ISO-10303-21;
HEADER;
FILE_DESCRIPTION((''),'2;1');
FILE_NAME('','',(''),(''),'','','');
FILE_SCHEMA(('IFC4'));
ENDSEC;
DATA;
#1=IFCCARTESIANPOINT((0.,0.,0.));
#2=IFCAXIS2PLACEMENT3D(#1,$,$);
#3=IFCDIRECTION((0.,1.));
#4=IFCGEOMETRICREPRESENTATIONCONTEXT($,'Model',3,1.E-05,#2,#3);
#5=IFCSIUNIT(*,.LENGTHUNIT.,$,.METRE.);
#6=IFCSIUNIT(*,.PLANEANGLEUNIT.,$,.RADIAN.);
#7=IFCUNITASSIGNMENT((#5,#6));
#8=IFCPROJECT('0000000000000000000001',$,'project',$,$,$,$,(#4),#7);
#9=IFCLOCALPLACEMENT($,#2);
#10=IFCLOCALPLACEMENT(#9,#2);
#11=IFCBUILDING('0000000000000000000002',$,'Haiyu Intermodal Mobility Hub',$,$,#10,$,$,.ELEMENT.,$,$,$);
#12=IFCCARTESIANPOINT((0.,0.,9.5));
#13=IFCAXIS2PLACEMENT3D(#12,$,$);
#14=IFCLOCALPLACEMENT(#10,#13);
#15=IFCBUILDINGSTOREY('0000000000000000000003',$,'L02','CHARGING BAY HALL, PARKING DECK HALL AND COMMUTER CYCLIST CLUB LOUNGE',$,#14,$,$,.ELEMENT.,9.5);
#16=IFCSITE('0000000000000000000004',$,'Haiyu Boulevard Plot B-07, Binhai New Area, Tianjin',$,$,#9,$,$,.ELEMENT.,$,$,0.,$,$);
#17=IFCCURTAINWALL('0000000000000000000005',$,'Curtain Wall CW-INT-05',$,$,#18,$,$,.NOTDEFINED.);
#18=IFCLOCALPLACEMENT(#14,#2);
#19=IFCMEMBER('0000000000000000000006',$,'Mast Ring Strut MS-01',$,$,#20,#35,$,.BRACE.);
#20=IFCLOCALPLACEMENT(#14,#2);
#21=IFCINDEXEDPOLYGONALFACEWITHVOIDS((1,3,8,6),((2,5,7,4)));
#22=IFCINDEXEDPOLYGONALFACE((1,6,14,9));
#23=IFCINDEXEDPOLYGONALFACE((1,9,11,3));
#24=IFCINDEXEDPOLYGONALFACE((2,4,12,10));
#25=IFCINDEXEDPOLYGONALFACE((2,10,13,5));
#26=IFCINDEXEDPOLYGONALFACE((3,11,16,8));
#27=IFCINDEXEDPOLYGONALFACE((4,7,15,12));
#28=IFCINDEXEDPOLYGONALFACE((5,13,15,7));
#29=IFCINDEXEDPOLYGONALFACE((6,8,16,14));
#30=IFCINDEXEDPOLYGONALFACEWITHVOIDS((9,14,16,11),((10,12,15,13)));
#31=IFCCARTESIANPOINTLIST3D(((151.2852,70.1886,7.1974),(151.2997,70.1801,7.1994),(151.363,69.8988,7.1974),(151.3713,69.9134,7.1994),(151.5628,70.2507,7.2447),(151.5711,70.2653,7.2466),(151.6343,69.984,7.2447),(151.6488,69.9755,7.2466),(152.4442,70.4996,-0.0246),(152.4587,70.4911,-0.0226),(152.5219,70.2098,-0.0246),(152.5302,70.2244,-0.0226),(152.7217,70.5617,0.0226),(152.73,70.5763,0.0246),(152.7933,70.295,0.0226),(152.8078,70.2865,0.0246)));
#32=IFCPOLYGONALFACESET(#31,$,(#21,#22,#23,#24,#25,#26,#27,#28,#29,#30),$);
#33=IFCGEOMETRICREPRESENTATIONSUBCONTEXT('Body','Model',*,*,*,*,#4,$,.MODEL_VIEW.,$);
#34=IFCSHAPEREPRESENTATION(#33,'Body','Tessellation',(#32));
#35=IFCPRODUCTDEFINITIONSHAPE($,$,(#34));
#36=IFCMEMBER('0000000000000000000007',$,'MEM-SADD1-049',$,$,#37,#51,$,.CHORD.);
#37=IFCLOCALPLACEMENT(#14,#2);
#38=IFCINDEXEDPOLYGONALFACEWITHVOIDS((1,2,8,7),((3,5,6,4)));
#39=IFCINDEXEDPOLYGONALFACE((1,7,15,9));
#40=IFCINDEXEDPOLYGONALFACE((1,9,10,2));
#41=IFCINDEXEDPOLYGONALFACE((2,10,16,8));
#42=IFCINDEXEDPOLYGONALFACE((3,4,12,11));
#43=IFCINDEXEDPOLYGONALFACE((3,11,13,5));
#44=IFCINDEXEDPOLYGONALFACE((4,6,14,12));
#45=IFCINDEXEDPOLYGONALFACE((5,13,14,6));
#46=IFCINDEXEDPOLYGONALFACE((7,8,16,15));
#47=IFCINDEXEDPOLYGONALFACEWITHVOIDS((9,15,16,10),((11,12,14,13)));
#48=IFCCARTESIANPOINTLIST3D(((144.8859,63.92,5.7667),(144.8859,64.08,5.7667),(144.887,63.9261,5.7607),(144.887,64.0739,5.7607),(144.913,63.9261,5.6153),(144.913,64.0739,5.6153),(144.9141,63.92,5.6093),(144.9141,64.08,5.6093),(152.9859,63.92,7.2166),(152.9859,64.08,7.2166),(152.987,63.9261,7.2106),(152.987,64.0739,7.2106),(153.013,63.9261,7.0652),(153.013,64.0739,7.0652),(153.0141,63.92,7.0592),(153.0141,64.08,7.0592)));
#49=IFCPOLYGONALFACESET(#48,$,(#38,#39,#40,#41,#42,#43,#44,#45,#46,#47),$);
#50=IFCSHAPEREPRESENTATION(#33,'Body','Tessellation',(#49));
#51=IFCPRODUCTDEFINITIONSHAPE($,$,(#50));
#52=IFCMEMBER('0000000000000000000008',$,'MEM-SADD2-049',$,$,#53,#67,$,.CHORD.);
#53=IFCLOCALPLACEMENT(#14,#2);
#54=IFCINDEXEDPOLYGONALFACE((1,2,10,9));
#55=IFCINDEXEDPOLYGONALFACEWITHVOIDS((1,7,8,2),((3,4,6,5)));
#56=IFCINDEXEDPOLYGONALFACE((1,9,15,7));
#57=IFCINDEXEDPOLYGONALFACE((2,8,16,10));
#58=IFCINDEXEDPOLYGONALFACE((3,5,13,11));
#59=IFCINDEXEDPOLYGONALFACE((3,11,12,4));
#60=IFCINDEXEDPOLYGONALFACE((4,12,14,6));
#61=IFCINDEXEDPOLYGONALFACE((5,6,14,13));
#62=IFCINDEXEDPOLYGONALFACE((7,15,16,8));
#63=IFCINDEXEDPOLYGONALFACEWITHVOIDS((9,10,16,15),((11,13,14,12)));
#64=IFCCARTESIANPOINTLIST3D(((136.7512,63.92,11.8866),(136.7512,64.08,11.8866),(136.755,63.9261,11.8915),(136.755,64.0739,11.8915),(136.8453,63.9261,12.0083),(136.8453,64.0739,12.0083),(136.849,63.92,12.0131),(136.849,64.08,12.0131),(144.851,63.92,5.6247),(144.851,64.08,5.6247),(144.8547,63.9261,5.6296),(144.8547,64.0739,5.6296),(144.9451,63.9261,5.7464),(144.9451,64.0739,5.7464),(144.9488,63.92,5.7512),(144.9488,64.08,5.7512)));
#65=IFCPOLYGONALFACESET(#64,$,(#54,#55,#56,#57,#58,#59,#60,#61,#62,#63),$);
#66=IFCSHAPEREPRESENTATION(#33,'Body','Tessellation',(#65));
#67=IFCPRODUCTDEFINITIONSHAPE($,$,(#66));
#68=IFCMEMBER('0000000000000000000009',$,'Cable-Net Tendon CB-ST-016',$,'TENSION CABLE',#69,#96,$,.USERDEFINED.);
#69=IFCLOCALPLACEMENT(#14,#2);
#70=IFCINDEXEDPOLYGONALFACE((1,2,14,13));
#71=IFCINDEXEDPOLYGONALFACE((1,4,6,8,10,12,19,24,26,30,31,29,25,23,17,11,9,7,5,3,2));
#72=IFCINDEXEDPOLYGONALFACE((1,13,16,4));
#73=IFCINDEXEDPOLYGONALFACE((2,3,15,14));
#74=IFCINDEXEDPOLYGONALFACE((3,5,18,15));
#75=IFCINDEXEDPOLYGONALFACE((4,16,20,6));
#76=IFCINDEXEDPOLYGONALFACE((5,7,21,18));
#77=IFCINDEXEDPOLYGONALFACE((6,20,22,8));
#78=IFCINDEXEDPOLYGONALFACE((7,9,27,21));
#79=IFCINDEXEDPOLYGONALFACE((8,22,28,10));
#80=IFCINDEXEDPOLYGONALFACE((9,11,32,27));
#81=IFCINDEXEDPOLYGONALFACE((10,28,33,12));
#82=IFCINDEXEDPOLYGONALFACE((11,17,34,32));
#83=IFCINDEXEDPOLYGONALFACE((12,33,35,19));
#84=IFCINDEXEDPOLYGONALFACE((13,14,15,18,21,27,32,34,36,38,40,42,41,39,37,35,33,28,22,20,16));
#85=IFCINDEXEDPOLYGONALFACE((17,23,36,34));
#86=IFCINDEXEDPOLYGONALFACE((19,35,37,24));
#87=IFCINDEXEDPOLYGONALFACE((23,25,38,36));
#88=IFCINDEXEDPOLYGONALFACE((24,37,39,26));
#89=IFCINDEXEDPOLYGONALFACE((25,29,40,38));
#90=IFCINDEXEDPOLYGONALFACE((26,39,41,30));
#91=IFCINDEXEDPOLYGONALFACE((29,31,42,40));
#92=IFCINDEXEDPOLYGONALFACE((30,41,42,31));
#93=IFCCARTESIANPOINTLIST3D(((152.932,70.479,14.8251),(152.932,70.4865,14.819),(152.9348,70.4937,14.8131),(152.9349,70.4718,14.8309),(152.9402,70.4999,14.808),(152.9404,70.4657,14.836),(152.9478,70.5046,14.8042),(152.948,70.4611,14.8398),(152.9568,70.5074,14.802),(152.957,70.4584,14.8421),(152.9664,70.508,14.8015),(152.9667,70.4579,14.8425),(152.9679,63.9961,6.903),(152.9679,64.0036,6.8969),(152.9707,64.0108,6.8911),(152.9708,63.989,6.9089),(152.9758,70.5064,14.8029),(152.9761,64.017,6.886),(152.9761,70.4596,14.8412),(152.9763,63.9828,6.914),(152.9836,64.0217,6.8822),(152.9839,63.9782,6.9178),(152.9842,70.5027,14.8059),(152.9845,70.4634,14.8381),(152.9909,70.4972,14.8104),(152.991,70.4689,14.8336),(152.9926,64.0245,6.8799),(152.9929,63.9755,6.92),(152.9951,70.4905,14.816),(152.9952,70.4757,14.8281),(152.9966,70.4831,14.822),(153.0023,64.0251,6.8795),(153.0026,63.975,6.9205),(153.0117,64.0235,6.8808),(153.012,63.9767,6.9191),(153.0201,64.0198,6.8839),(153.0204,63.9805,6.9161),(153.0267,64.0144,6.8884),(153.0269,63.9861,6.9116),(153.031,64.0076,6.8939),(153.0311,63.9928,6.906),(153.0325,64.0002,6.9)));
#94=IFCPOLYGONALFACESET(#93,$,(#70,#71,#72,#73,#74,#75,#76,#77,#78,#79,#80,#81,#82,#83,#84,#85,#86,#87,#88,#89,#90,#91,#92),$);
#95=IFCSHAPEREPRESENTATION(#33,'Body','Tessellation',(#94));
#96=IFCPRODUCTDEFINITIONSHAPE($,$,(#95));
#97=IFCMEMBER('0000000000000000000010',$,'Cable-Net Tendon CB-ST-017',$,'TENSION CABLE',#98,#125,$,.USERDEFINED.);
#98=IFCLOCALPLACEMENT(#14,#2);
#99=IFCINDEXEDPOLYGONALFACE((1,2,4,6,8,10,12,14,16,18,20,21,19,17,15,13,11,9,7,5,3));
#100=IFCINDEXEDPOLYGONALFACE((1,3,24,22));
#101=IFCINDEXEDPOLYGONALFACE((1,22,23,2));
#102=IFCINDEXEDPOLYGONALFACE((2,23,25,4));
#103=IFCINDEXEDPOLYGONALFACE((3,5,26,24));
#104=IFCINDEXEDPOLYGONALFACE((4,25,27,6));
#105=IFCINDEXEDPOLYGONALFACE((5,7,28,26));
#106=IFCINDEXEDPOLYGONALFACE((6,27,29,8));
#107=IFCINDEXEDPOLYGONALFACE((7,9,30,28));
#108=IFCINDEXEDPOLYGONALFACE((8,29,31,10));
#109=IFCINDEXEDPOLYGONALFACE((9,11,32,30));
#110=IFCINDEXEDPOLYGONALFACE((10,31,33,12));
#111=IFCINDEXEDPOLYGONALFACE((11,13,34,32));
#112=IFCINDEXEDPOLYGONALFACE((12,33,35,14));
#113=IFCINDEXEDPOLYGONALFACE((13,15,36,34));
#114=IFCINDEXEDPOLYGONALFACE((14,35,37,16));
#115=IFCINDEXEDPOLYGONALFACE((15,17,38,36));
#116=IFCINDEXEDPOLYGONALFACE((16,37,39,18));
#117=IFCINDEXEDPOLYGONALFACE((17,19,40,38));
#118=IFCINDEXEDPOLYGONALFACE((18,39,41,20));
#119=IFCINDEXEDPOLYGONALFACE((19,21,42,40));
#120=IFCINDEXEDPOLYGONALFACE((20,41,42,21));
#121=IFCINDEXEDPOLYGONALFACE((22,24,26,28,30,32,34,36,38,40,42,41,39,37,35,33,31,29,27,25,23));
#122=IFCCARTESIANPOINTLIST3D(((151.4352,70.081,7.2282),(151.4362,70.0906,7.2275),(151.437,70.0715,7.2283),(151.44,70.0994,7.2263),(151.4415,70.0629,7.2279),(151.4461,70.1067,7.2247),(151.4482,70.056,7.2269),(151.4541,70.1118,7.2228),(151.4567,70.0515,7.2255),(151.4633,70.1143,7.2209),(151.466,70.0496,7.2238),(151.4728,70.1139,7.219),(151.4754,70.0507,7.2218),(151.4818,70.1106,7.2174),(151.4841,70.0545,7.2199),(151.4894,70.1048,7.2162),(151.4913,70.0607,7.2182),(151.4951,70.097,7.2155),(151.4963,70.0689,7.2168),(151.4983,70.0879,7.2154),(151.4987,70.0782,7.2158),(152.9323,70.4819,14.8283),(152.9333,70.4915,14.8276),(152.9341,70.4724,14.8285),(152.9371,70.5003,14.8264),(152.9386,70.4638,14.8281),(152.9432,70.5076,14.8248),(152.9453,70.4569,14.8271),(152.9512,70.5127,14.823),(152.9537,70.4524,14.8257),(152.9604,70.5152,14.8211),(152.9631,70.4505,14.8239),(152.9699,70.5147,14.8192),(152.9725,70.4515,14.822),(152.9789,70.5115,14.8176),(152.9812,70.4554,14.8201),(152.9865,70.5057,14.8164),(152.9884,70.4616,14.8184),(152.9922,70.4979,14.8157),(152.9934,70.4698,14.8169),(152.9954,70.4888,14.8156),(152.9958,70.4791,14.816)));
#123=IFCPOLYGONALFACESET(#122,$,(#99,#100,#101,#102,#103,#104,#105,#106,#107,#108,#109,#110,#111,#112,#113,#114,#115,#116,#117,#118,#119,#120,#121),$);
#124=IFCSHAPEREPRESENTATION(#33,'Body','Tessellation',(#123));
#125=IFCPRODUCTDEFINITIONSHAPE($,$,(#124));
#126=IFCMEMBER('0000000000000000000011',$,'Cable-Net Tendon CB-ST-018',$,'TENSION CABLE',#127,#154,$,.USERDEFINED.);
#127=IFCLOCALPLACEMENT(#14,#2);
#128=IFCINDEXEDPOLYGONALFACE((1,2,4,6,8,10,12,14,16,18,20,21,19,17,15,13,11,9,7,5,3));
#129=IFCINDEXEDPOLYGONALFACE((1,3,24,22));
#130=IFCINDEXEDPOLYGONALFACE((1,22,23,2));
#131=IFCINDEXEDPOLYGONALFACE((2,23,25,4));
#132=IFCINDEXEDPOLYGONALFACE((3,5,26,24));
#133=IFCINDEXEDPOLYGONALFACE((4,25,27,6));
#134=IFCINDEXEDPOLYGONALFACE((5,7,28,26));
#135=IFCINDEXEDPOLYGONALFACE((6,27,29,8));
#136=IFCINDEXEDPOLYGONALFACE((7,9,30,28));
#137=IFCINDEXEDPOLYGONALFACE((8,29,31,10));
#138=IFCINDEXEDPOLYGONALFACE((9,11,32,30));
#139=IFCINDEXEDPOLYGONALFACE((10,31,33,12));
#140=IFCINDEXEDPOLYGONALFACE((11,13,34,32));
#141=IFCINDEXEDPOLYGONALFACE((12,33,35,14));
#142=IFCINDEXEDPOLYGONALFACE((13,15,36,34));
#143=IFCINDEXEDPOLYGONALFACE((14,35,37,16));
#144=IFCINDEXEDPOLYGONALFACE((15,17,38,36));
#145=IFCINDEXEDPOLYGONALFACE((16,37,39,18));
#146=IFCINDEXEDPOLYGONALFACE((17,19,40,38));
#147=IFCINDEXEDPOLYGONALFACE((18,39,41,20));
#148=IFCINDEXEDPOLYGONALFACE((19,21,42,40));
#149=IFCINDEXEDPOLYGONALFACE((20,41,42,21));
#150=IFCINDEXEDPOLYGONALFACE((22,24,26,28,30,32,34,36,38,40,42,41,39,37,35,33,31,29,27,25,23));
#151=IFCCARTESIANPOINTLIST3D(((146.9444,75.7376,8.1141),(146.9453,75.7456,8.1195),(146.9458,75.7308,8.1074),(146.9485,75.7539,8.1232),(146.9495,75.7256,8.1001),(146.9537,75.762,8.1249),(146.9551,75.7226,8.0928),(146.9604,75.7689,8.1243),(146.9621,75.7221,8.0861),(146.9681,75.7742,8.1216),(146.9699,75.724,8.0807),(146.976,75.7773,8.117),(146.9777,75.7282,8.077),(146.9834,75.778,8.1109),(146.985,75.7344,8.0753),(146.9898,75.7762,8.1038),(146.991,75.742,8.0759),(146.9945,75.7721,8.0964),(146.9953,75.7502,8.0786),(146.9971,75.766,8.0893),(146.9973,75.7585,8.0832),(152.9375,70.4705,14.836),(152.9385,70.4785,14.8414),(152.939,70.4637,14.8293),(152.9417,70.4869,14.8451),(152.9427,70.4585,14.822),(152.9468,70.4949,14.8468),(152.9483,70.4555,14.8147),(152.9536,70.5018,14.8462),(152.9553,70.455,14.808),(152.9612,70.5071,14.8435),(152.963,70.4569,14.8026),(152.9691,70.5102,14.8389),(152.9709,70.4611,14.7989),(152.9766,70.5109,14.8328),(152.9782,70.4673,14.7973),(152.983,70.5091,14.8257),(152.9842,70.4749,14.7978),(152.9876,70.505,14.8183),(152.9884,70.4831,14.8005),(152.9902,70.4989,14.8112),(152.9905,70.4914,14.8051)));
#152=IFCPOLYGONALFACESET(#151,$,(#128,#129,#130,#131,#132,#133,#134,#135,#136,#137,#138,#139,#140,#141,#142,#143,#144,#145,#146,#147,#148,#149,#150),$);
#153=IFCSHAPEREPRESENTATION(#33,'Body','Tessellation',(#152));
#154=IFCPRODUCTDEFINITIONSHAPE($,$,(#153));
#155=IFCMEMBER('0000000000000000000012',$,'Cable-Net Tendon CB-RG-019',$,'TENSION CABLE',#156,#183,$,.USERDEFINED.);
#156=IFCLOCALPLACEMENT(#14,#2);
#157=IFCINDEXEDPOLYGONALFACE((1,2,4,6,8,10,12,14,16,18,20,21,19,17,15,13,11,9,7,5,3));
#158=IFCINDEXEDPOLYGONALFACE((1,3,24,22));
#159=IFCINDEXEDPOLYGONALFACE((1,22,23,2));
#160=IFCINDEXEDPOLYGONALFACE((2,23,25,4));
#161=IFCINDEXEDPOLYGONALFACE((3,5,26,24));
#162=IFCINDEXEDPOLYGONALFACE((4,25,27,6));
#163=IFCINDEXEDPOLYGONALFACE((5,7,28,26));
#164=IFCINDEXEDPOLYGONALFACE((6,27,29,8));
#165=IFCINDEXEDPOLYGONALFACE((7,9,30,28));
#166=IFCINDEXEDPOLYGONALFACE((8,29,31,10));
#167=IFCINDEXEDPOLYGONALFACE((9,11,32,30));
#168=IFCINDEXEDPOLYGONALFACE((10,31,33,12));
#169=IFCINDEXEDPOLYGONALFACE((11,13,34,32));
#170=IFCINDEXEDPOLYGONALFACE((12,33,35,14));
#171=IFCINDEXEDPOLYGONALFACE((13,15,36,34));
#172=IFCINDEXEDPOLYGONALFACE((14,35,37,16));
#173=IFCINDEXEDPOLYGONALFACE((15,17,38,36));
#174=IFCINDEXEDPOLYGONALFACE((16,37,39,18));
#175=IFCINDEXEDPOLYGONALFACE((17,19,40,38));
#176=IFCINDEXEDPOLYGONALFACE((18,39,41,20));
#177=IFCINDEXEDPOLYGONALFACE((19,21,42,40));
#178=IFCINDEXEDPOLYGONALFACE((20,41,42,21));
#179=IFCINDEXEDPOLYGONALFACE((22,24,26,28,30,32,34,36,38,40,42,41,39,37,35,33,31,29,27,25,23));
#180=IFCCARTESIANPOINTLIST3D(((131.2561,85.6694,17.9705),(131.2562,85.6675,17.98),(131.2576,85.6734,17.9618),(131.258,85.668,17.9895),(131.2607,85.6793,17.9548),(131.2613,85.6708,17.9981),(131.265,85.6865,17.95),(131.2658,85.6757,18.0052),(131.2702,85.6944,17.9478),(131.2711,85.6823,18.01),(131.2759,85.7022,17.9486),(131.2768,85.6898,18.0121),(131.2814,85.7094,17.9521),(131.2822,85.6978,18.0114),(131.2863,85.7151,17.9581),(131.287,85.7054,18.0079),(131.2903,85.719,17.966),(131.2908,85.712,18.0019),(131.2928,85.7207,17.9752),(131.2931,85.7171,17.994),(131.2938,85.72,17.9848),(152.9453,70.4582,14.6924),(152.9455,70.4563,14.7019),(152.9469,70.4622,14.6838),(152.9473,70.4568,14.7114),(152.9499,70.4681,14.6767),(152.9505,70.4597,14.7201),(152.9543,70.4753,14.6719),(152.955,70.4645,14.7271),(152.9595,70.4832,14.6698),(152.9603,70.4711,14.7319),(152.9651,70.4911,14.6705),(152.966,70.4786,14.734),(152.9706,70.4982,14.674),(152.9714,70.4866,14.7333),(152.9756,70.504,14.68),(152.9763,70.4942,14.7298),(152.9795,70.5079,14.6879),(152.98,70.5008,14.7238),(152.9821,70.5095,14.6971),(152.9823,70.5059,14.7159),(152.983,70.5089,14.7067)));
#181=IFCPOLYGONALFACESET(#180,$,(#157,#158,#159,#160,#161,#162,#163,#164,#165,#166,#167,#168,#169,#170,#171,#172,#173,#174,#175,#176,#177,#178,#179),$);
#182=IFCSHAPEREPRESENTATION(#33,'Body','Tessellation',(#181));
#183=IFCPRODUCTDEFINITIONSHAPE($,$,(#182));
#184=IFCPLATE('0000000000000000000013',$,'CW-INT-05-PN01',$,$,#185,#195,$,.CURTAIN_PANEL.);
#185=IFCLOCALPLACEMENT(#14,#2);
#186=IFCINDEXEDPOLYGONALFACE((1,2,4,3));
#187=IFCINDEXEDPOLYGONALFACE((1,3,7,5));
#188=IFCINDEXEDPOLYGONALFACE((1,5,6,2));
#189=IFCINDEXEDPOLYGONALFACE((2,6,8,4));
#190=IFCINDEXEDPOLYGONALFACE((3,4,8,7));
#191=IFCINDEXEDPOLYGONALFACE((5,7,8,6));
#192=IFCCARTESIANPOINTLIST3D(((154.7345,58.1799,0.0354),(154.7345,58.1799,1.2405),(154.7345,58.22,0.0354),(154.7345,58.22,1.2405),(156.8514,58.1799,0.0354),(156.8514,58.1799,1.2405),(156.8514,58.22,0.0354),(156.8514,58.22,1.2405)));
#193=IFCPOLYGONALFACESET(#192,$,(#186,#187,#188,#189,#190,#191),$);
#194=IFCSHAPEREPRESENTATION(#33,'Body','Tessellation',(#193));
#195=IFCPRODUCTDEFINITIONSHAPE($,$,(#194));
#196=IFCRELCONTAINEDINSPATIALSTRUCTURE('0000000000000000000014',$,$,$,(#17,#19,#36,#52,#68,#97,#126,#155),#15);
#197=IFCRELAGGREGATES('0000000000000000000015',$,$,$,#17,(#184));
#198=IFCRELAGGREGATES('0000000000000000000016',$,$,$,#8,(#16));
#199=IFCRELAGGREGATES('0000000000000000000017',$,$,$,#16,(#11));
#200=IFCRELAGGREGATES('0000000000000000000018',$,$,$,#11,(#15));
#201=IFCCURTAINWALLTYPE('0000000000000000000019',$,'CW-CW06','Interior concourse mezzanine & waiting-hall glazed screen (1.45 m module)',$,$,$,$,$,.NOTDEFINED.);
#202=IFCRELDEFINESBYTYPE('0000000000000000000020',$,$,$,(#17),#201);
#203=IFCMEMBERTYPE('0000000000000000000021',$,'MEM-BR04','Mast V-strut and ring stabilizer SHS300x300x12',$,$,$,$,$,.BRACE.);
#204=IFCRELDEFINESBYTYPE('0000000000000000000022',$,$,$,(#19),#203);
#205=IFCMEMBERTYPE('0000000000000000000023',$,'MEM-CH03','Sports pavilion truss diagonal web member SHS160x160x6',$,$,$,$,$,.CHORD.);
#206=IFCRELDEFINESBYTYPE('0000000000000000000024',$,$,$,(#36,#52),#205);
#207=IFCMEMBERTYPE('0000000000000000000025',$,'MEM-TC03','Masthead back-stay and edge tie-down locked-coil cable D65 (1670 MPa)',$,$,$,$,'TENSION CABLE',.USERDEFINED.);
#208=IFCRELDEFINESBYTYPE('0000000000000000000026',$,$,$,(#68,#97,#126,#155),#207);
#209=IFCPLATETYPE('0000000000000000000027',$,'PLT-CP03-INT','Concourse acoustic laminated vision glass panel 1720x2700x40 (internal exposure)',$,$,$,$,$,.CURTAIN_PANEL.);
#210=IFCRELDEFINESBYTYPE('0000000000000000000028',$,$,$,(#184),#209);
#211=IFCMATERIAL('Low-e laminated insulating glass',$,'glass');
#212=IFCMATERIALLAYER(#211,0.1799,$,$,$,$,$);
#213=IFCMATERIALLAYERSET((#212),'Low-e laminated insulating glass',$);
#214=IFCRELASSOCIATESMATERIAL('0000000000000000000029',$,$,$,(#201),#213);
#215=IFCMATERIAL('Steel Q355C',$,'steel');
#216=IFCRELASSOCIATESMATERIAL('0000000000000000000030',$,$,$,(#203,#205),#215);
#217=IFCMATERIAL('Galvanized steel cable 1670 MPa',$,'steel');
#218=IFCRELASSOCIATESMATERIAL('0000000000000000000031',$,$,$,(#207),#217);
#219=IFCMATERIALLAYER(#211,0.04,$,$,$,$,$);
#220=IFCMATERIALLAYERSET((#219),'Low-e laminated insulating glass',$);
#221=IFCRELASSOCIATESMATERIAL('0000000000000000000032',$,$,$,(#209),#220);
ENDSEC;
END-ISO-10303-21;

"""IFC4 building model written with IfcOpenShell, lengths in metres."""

from ifc_helpers import new_model, si_unit, direction, frame, origin, origin_2d, place, context, subcontext, project, spatial, rectangle, hollow_rectangle, circle, extrude, material, layer, layer_set, material_profile, profile_set, type_object, element, aggregate, save


model = new_model("IFC4")

# Units and contexts
model_context = context("Model", 3, precision=1e-05, world=origin(), true_north=direction((0.0, 1.0)))
body_context = subcontext(model_context, "Body", "Model", "MODEL_VIEW")
ifc_project = project(units=[si_unit("LENGTHUNIT", "METRE"), si_unit("PLANEANGLEUNIT", "RADIAN")], contexts=[model_context])

# Site, building, storey
site_placement = place(None, origin())
site = spatial("IfcSite", under=ifc_project, at=site_placement, Name="Haiyu Boulevard Plot B-07, Binhai New Area, Tianjin", CompositionType="ELEMENT", RefElevation=0.0)
building_placement = place(site_placement, origin())
building = spatial("IfcBuilding", under=site, at=building_placement, Name="Haiyu Intermodal Mobility Hub", CompositionType="ELEMENT")
storey_placement = place(building_placement, frame((0.0, 0.0, 9.5)))
storey = spatial("IfcBuildingStorey", under=building, at=storey_placement, Name="L02", Description="CHARGING BAY HALL, PARKING DECK HALL AND COMMUTER CYCLIST CLUB LOUNGE", CompositionType="ELEMENT", Elevation=9.5)

# Shared definitions
ifc_material_1 = material(Name="Steel Q355C", Category="steel")

# Curtain wall
ifc_material_2 = material(Name="Low-e laminated insulating glass", Category="glass")
ifc_layer_1 = layer(ifc_material_2, 0.1799)
ifc_layer_set_1 = layer_set([ifc_layer_1], Name="Low-e laminated insulating glass")
curtain_wall_type = type_object("IfcCurtainWallType", Name="CW-CW06", Description="Interior concourse mezzanine & waiting-hall glazed screen (1.45 m module)", PredefinedType="NOTDEFINED", material=ifc_layer_set_1)
curtain_wall_placement = place(storey_placement, origin())
curtain_wall = element("IfcCurtainWall", 1, at=curtain_wall_placement, inside=storey, type_object=curtain_wall_type, Name="Curtain Wall CW-INT-05", PredefinedType="NOTDEFINED")

# Members
ifc_material_profile_1 = material_profile(ifc_material_1, hollow_rectangle(XDim=0.3, YDim=0.3, WallThickness=0.012, at=origin_2d()), Name="SHS300x300x12")
ifc_profile_set_1 = profile_set([ifc_material_profile_1], Name="Steel Q355C")
member_type_1 = type_object("IfcMemberType", Name="MEM-BR04", Description="Mast V-strut and ring stabilizer SHS300x300x12", PredefinedType="BRACE", material=ifc_profile_set_1)
member_1_placement = place(storey_placement, frame((152.626, 70.3931, 0.0), z_axis=(-0.158304, -0.042486, 0.986476), x_axis=(0.259207, -0.965822, 0.0)))
element("IfcMember", 2, at=member_1_placement, inside=storey, type_object=member_type_1, Name="Mast Ring Strut MS-01", PredefinedType="BRACE", context=body_context, shape_type="SweptSolid", body=[
    extrude(hollow_rectangle(XDim=0.3, YDim=0.3, WallThickness=0.012, at=origin_2d()), origin(), (0.0, 0.0, 1.0), 7.321),
])
ifc_material_profile_2 = material_profile(ifc_material_1, hollow_rectangle(XDim=0.1599, YDim=0.1599, WallThickness=0.0061, at=origin_2d()), Name="SHS160x160x6")
ifc_profile_set_2 = profile_set([ifc_material_profile_2], Name="Steel Q355C")
member_type_2 = type_object("IfcMemberType", Name="MEM-CH03", Description="Sports pavilion truss diagonal web member SHS160x160x6", PredefinedType="CHORD", material=ifc_profile_set_2)
member_2_placement = place(storey_placement, frame((153.0, 64.0, 7.1379), z_axis=(-0.984354, 0.0, -0.176203), x_axis=(0.0, -1.0, 0.0)))
element("IfcMember", 3, at=member_2_placement, inside=storey, type_object=member_type_2, Name="MEM-SADD1-049", PredefinedType="CHORD", context=body_context, shape_type="SweptSolid", body=[
    extrude(hollow_rectangle(XDim=0.1599, YDim=0.1599, WallThickness=0.0061, at=origin_2d()), origin(), (0.0, 0.0, 1.0), 8.2288),
])
member_3_placement = place(storey_placement, frame((144.8999, 64.0, 5.688), z_axis=(-0.791144, 0.0, 0.61163), x_axis=(0.0, -1.0, 0.0)))
element("IfcMember", 4, at=member_3_placement, inside=storey, type_object=member_type_2, Name="MEM-SADD2-049", PredefinedType="CHORD", context=body_context, shape_type="SweptSolid", body=[
    extrude(hollow_rectangle(XDim=0.1599, YDim=0.1599, WallThickness=0.0061, at=origin_2d()), origin(), (0.0, 0.0, 1.0), 10.238),
])
ifc_material_3 = material(Name="Galvanized steel cable 1670 MPa", Category="steel")
ifc_material_profile_3 = material_profile(ifc_material_3, circle(Radius=0.0325, at=origin_2d()), Name="CABLE65")
ifc_profile_set_3 = profile_set([ifc_material_profile_3], Name="Galvanized steel cable 1670 MPa")
member_type_3 = type_object("IfcMemberType", Name="MEM-TC03", Description="Masthead back-stay and edge tie-down locked-coil cable D65 (1670 MPa)", ElementType="TENSION CABLE", PredefinedType="USERDEFINED", material=ifc_profile_set_3)
member_4_placement = place(storey_placement, frame((152.9641, 70.4829, 14.822), z_axis=(0.003506, -0.633303, -0.773896), x_axis=(0.999985, 0.005536, 0.0)))
element("IfcMember", 5, at=member_4_placement, inside=storey, type_object=member_type_3, Name="Cable-Net Tendon CB-ST-016", ObjectType="TENSION CABLE", PredefinedType="USERDEFINED", context=body_context, shape_type="SweptSolid", body=[
    extrude(circle(Radius=0.0325, at=origin_2d()), origin(), (0.0, 0.0, 1.0), 10.2366),
])
member_5_placement = place(storey_placement, frame((152.9641, 70.4829, 14.822), z_axis=(-0.193008, -0.051683, -0.979835), x_axis=(0.258663, -0.965968, 0.0)))
element("IfcMember", 6, at=member_5_placement, inside=storey, type_object=member_type_3, Name="Cable-Net Tendon CB-ST-017", ObjectType="TENSION CABLE", PredefinedType="USERDEFINED", context=body_context, shape_type="SweptSolid", body=[
    extrude(circle(Radius=0.0325, at=origin_2d()), origin(), (0.0, 0.0, 1.0), 7.7566),
])
member_6_placement = place(storey_placement, frame((152.9641, 70.4829, 14.822), z_axis=(-0.574451, 0.504856, -0.644303), x_axis=(-0.660141, -0.751142, 0.0)))
element("IfcMember", 7, at=member_6_placement, inside=storey, type_object=member_type_3, Name="Cable-Net Tendon CB-ST-018", ObjectType="TENSION CABLE", PredefinedType="USERDEFINED", context=body_context, shape_type="SweptSolid", body=[
    extrude(circle(Radius=0.0325, at=origin_2d()), origin(), (0.0, 0.0, 1.0), 10.4329),
])
member_7_placement = place(storey_placement, frame((152.9641, 70.4829, 14.7019), z_axis=(-0.812525, 0.569844, 0.122804), x_axis=(-0.57419, -0.818722, 0.0)))
element("IfcMember", 8, at=member_7_placement, inside=storey, type_object=member_type_3, Name="Cable-Net Tendon CB-RG-019", ObjectType="TENSION CABLE", PredefinedType="USERDEFINED", context=body_context, shape_type="SweptSolid", body=[
    extrude(circle(Radius=0.0325, at=origin_2d()), origin(), (0.0, 0.0, 1.0), 26.6936),
])

# Plate
ifc_layer_2 = layer(ifc_material_2, 0.04)
ifc_layer_set_2 = layer_set([ifc_layer_2], Name="Low-e laminated insulating glass")
plate_type_1 = type_object("IfcPlateType", Name="PLT-CP03-INT", Description="Concourse acoustic laminated vision glass panel 1720x2700x40 (internal exposure)", PredefinedType="CURTAIN_PANEL", material=ifc_layer_set_2)
plate_1_placement = place(storey_placement, frame((155.793, 58.2, 0.0354), z_axis=(0.0, 0.0, 1.0), x_axis=(1.0, 0.0, 0.0)))
plate_1 = element("IfcPlate", 9, at=plate_1_placement, type_object=plate_type_1, Name="CW-INT-05-PN01", PredefinedType="CURTAIN_PANEL", context=body_context, shape_type="SweptSolid", body=[
    extrude(rectangle(XDim=2.1169, YDim=0.04, at=origin_2d()), origin(), (0.0, 0.0, 1.0), 1.2051),
])
aggregate(curtain_wall, [plate_1])

save(model, "model.ifc")
